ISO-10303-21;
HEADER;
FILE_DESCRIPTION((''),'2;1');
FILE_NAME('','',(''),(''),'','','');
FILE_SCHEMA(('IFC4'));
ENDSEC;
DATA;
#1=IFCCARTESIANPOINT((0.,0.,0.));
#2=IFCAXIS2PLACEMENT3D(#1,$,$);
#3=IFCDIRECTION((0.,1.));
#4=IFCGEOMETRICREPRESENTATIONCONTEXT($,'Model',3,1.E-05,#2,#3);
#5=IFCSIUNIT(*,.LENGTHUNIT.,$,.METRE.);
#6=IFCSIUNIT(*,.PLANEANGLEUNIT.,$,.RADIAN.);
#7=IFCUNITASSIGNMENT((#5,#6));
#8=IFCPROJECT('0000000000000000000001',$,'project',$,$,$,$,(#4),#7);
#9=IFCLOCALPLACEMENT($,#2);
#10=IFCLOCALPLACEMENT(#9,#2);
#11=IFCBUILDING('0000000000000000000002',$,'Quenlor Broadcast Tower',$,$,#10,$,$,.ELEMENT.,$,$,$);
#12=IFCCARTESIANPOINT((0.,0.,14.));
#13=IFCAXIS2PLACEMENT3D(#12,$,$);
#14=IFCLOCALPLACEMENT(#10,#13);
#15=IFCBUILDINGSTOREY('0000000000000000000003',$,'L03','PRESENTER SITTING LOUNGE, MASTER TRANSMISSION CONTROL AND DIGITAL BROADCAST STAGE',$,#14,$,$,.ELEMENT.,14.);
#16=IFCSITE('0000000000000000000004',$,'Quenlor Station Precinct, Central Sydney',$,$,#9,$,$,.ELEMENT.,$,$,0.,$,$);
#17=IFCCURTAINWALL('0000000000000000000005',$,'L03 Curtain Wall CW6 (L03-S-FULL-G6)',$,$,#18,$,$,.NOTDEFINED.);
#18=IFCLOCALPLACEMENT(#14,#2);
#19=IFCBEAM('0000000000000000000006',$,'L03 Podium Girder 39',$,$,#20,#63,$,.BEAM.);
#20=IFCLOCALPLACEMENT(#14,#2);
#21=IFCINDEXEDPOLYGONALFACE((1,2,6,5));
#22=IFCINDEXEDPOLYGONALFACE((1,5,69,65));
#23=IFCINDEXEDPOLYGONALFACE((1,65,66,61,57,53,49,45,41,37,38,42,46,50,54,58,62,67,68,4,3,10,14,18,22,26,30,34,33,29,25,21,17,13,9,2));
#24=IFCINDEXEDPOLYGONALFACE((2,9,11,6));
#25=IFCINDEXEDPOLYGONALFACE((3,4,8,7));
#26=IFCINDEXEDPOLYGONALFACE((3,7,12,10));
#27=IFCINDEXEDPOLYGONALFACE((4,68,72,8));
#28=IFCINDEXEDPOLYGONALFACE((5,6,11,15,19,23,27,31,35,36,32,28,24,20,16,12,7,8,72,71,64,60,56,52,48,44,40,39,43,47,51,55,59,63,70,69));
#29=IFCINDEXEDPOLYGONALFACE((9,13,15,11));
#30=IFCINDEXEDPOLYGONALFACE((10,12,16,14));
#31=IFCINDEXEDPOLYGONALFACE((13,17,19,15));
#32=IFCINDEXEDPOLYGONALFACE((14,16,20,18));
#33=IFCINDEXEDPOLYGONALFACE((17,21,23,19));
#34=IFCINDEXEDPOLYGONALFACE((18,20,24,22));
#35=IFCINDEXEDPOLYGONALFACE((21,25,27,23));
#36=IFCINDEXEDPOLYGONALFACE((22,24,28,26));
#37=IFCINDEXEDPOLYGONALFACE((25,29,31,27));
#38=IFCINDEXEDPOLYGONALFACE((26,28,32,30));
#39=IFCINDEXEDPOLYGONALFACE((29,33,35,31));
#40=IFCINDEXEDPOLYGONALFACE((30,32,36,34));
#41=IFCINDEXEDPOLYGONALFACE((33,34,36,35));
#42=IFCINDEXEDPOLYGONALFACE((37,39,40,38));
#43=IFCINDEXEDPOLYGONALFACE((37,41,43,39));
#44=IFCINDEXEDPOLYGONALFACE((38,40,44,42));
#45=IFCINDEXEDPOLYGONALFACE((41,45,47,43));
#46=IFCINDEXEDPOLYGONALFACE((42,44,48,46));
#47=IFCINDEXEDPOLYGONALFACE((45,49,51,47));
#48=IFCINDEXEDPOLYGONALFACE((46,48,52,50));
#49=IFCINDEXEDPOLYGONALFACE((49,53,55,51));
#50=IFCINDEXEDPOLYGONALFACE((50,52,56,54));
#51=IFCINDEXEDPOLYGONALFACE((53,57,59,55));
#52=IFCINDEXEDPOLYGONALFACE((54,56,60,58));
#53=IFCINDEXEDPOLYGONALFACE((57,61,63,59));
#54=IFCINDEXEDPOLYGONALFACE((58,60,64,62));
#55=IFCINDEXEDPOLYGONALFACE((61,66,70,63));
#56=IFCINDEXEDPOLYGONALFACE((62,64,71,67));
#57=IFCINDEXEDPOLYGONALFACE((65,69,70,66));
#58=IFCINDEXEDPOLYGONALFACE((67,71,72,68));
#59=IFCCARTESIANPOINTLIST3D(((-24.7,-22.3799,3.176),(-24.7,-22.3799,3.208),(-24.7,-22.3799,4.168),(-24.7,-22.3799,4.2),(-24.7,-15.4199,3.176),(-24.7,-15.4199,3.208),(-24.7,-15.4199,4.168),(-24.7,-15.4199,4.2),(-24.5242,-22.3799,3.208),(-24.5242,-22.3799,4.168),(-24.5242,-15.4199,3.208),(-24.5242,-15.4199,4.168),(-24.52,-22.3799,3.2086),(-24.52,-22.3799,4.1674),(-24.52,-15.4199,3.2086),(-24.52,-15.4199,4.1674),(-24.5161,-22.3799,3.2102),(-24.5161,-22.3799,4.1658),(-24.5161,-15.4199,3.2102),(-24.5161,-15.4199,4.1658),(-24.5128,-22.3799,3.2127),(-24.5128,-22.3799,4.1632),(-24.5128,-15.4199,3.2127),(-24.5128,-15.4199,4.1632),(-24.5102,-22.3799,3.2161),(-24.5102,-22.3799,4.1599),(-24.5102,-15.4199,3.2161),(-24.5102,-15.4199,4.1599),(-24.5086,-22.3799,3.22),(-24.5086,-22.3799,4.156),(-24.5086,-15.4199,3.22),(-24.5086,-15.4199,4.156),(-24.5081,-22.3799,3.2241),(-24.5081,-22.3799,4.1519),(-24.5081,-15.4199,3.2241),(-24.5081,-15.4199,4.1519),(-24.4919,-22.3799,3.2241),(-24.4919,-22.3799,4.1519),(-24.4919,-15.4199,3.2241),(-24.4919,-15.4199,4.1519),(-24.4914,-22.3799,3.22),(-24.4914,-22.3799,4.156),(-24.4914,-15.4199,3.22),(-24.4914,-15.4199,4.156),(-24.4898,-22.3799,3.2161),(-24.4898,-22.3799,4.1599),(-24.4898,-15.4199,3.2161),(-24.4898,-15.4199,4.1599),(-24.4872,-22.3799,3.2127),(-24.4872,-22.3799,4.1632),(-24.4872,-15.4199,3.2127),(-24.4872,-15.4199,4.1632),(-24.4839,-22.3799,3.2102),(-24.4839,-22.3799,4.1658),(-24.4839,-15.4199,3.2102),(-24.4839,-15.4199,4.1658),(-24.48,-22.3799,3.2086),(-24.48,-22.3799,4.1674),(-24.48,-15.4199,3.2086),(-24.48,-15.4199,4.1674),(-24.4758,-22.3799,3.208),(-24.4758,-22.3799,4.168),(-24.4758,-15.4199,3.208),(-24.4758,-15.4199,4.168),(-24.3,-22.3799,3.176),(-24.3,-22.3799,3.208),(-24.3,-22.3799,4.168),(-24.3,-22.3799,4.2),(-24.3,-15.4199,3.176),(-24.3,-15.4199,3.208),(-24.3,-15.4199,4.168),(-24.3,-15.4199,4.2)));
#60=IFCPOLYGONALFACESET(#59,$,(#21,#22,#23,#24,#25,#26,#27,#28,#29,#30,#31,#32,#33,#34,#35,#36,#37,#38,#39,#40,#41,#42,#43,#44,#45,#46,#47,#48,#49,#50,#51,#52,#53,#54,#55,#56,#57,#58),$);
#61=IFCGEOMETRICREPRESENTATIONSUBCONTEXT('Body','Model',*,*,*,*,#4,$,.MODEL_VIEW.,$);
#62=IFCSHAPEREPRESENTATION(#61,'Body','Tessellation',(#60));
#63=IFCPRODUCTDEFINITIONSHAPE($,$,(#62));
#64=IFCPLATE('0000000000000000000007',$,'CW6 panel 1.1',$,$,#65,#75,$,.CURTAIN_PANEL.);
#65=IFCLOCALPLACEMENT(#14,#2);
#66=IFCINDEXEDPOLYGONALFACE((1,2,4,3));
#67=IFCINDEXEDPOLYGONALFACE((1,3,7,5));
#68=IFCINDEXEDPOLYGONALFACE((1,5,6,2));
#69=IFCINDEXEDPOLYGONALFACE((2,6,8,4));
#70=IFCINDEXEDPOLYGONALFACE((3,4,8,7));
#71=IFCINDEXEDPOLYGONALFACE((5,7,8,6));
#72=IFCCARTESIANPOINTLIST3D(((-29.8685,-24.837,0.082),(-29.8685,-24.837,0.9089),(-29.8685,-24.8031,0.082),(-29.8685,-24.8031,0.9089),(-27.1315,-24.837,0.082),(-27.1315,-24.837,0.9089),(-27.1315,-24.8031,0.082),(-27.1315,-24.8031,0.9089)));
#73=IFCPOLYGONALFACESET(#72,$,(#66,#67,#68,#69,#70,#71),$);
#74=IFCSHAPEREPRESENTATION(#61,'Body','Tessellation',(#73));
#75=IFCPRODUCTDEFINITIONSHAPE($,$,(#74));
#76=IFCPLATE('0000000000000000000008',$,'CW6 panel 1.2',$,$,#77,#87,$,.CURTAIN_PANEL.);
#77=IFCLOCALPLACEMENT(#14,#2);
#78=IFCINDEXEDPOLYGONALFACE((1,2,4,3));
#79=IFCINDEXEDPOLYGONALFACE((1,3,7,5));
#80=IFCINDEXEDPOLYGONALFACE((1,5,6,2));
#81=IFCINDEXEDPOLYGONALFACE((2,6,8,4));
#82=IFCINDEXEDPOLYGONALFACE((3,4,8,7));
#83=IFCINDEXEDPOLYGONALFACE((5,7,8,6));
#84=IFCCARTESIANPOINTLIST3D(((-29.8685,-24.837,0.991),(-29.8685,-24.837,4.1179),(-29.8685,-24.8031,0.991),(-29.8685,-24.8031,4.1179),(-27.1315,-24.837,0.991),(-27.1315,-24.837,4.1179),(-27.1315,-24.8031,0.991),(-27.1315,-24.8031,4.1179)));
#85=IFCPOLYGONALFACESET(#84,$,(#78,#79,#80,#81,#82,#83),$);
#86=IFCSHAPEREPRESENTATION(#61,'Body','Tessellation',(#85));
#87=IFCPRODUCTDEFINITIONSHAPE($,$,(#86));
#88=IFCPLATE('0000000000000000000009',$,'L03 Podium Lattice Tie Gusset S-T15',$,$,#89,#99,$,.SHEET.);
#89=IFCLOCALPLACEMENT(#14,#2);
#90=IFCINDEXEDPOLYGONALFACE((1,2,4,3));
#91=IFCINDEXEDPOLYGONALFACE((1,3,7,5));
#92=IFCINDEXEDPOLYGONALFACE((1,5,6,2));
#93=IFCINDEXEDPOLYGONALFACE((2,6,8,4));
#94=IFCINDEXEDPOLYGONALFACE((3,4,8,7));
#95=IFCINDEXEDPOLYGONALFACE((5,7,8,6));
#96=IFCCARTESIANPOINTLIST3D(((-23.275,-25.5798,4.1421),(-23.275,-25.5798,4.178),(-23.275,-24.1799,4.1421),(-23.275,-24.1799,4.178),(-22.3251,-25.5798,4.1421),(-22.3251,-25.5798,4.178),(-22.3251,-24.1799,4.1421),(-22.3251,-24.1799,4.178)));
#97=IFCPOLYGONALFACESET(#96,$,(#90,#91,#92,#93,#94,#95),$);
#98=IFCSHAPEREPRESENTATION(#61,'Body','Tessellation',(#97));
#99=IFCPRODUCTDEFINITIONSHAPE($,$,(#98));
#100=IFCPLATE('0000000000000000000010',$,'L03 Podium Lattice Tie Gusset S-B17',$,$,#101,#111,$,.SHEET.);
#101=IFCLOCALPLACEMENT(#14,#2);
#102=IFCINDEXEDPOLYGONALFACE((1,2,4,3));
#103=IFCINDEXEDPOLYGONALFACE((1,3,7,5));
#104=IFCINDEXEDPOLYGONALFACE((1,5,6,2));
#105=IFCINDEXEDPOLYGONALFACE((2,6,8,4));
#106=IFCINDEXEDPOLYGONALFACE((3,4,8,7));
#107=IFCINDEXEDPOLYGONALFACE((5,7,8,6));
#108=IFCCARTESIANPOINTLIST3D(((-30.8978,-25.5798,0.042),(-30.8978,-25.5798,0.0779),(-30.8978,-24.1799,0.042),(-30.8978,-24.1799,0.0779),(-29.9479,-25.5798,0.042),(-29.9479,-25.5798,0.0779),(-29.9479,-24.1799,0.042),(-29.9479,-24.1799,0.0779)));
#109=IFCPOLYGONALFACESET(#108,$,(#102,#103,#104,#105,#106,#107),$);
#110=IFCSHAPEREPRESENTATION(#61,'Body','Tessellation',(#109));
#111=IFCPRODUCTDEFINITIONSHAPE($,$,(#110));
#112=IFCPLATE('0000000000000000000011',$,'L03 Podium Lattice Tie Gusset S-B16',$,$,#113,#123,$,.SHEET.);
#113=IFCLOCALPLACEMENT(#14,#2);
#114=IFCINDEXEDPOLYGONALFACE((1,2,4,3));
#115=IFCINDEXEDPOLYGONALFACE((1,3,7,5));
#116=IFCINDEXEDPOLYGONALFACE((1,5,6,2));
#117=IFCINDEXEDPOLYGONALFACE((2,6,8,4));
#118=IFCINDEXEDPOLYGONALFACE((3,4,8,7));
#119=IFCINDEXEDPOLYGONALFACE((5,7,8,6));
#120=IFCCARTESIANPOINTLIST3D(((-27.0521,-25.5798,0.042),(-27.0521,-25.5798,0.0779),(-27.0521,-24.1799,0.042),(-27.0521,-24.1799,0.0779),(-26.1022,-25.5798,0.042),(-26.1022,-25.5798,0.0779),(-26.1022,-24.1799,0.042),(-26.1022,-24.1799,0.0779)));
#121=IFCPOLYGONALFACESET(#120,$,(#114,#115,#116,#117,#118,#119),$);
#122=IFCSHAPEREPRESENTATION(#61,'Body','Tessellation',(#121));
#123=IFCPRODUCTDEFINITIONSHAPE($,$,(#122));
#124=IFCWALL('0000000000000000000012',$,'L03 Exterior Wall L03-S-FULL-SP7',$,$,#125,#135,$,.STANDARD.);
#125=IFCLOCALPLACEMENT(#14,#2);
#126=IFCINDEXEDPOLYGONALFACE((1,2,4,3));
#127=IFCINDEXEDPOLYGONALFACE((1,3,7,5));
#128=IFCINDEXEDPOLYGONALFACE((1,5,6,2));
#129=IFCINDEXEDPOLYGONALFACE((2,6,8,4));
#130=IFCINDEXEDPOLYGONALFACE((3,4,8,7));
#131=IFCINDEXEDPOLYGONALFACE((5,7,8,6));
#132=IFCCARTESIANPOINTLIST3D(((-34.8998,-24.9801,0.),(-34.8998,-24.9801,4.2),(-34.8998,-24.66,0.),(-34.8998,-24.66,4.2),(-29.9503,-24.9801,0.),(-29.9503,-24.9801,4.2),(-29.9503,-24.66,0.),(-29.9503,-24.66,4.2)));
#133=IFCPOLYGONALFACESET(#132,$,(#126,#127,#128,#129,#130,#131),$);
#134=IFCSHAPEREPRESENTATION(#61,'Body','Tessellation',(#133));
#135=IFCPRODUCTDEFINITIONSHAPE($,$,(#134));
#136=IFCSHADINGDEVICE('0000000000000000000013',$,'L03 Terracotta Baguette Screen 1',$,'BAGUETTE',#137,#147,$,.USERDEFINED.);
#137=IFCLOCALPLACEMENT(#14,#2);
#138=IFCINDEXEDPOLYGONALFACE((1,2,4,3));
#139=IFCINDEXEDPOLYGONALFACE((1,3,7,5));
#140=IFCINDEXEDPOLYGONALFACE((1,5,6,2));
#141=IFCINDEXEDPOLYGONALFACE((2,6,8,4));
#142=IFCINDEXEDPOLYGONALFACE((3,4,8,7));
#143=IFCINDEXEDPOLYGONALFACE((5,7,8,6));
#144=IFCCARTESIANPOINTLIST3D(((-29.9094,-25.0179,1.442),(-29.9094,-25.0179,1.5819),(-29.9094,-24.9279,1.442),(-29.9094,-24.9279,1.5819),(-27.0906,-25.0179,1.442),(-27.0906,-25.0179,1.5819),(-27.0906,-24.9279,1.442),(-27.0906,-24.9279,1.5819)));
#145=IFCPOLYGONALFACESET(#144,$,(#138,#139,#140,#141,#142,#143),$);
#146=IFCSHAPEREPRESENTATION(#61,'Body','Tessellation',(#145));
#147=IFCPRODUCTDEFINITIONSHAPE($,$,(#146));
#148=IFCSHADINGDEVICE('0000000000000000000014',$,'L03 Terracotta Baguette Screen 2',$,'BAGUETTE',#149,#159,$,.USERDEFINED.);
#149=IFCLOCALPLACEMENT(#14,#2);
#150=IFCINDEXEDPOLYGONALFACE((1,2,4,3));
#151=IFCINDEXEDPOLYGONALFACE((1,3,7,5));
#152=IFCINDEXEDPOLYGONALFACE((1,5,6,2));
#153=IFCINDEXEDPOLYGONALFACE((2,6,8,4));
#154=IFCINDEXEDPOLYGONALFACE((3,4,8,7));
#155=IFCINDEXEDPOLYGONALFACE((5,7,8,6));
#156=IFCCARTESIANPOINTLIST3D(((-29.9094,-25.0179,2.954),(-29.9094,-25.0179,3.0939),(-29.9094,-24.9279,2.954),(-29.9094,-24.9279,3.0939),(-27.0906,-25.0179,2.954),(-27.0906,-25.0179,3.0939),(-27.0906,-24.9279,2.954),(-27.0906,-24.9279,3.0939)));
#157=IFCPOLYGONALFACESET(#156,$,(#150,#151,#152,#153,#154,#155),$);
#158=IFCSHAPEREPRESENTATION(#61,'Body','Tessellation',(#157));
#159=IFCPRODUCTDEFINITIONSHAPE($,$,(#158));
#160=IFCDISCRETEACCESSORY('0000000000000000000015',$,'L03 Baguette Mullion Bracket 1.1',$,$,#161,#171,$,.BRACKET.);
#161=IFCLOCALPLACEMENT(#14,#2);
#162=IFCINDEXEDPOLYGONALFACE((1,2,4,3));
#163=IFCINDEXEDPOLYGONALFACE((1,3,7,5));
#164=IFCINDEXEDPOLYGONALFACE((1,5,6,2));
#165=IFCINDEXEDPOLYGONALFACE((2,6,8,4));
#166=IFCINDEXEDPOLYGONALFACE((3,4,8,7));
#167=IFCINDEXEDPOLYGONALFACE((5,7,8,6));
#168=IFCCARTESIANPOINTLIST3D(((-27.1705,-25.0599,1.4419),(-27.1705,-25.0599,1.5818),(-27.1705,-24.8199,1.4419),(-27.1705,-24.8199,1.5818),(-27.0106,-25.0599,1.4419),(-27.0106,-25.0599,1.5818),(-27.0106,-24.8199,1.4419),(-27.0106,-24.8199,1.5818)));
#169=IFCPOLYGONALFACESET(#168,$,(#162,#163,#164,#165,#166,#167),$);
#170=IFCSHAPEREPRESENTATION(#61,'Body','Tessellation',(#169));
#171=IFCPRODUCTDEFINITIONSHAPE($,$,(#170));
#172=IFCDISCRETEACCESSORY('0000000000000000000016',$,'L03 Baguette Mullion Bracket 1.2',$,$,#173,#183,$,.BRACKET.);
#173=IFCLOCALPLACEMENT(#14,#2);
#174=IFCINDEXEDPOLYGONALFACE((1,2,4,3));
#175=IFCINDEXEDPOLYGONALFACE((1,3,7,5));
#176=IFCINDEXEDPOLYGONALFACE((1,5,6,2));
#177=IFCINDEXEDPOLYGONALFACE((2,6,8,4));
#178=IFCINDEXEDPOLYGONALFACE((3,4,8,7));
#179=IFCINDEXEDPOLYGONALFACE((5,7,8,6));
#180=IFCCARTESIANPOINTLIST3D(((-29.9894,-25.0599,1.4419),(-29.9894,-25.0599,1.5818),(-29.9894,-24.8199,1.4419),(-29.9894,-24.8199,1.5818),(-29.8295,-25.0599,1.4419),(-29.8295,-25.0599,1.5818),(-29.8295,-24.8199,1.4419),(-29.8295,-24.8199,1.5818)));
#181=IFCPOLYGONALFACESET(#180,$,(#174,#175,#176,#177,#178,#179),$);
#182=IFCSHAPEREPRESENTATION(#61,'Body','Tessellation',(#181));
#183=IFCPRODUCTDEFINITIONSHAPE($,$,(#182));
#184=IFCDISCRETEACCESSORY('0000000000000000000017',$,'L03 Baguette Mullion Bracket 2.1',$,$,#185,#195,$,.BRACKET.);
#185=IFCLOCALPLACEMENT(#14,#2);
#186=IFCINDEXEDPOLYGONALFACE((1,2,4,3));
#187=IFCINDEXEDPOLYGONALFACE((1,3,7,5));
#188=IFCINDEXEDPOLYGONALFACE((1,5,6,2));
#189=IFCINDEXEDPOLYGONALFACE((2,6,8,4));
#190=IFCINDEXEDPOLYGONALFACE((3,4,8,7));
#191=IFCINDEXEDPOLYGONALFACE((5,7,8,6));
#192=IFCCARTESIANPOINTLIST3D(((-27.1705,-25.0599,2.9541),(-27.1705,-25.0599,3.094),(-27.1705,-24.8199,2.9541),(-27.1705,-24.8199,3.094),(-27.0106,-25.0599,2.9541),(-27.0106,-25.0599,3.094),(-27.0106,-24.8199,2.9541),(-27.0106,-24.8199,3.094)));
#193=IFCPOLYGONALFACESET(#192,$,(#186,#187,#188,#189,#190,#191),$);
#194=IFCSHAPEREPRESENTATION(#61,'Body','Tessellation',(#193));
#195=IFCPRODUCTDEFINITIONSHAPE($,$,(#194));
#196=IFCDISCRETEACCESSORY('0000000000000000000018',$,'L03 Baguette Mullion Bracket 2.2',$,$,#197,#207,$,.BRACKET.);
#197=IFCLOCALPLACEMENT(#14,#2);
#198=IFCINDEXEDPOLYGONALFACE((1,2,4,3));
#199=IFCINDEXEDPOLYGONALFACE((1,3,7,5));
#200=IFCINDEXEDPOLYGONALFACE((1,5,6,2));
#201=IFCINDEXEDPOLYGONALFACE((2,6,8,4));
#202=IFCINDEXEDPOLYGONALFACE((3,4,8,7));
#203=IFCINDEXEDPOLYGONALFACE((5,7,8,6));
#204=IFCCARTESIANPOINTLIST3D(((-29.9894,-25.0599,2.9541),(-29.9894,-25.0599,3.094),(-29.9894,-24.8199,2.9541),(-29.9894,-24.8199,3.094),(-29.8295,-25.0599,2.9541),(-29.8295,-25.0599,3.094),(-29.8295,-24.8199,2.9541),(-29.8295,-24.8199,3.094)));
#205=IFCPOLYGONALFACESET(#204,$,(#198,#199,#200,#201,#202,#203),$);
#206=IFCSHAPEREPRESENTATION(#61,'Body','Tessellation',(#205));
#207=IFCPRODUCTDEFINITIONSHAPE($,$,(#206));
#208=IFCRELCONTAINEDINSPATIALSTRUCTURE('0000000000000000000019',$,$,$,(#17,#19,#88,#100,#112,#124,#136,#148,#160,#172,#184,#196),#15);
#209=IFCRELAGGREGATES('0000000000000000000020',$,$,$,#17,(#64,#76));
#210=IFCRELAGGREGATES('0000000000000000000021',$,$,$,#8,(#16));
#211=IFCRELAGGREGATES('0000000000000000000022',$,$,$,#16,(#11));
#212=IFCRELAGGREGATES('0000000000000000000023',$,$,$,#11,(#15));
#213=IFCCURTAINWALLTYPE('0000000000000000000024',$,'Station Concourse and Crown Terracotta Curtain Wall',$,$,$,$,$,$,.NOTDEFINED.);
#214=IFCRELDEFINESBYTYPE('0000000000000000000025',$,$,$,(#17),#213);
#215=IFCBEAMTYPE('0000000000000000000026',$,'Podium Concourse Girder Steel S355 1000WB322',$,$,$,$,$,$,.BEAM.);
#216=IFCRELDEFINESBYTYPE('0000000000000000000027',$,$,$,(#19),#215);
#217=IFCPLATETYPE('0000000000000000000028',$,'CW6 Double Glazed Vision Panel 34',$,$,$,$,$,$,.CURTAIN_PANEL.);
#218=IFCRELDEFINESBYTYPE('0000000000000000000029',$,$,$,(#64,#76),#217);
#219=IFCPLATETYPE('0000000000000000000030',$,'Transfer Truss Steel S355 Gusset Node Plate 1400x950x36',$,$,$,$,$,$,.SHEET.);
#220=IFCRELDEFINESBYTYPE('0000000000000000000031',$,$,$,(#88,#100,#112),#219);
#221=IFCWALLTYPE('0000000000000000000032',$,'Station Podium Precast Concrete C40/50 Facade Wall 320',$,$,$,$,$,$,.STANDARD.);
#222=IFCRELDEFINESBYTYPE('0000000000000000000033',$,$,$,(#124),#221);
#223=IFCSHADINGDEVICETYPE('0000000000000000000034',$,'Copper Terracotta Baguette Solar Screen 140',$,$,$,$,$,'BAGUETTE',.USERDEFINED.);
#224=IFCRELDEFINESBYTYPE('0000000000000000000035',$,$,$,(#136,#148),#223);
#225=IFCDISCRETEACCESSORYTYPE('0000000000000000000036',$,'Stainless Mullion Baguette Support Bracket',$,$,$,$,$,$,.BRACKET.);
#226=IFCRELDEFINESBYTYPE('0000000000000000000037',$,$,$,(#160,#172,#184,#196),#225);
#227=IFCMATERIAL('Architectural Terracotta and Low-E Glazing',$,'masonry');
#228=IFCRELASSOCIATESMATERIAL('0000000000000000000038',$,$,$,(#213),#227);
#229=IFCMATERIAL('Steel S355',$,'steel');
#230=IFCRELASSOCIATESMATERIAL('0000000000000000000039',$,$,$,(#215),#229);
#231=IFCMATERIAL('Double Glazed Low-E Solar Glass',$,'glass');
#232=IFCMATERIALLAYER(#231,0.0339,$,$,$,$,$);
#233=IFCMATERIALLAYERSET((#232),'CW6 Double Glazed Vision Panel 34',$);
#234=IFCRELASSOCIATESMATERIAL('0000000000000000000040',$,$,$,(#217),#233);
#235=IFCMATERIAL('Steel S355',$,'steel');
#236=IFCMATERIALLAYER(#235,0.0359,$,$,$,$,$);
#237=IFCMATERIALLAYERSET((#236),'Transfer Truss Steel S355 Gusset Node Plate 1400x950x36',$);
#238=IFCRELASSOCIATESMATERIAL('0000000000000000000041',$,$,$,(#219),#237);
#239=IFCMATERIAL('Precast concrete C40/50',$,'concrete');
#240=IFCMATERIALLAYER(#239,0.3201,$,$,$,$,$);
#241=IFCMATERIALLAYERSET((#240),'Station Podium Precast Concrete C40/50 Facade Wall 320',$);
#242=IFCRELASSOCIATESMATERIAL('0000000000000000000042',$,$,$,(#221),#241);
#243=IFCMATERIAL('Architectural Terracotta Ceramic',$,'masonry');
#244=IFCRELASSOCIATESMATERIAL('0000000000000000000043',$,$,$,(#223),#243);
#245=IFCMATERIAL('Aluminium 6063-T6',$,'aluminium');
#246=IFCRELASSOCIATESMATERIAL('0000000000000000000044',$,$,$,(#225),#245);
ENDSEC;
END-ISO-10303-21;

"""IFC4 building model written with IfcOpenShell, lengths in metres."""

from ifc_helpers import new_model, si_unit, direction, frame, frame_2d, origin, origin_2d, place, context, subcontext, project, spatial, rectangle, i_section, extrude, material, layer, layer_set, material_profile, profile_set, type_object, element, aggregate, save


model = new_model("IFC4")

# Units and contexts
model_context = context("Model", 3, precision=1e-05, world=origin(), true_north=direction((0.0, 1.0)))
body_context = subcontext(model_context, "Body", "Model", "MODEL_VIEW")
ifc_project = project(units=[si_unit("LENGTHUNIT", "METRE"), si_unit("PLANEANGLEUNIT", "RADIAN")], contexts=[model_context])

# Site, building, storey
site_placement = place(None, origin())
site = spatial("IfcSite", under=ifc_project, at=site_placement, Name="Quenlor Station Precinct, Central Sydney", CompositionType="ELEMENT", RefElevation=0.0)
building_placement = place(site_placement, origin())
building = spatial("IfcBuilding", under=site, at=building_placement, Name="Quenlor Broadcast Tower", CompositionType="ELEMENT")
storey_placement = place(building_placement, frame((0.0, 0.0, 14.0)))
storey = spatial("IfcBuildingStorey", under=building, at=storey_placement, Name="L03", Description="PRESENTER SITTING LOUNGE, MASTER TRANSMISSION CONTROL AND DIGITAL BROADCAST STAGE", CompositionType="ELEMENT", Elevation=14.0)

# Curtain wall
ifc_material_1 = material(Name="Architectural Terracotta and Low-E Glazing", Category="masonry")
curtain_wall_type = type_object("IfcCurtainWallType", Name="Station Concourse and Crown Terracotta Curtain Wall", PredefinedType="NOTDEFINED", material=ifc_material_1)
curtain_wall_placement = place(storey_placement, origin())
curtain_wall = element("IfcCurtainWall", 1, at=curtain_wall_placement, inside=storey, type_object=curtain_wall_type, Name="L03 Curtain Wall CW6 (L03-S-FULL-G6)", PredefinedType="NOTDEFINED")

# Beam
ifc_material_2 = material(Name="Steel S355", Category="steel")
ifc_material_profile_1 = material_profile(ifc_material_2, i_section(OverallWidth=0.3999, OverallDepth=1.0239, WebThickness=0.0161, FlangeThickness=0.032, FilletRadius=0.0161, at=origin_2d()))
ifc_profile_set_1 = profile_set([ifc_material_profile_1], Name="Steel S355 1000WB322")
beam_type = type_object("IfcBeamType", Name="Podium Concourse Girder Steel S355 1000WB322", PredefinedType="BEAM", material=ifc_profile_set_1)
beam_1_placement = place(storey_placement, frame((-24.5, -22.3799, 3.688), z_axis=(0.0, 1.0, 0.0), x_axis=(-1.0, 0.0, 0.0)))
element("IfcBeam", 2, at=beam_1_placement, inside=storey, type_object=beam_type, Name="L03 Podium Girder 39", PredefinedType="BEAM", context=body_context, shape_type="SweptSolid", body=[
    extrude(i_section(OverallWidth=0.3999, OverallDepth=1.0239, WebThickness=0.0161, FlangeThickness=0.032, FilletRadius=0.0161, at=origin_2d()), origin(), (0.0, 0.0, 1.0), 6.96),
])

# Plates
ifc_material_3 = material(Name="Double Glazed Low-E Solar Glass", Category="glass")
ifc_layer_1 = layer(ifc_material_3, 0.0339)
ifc_layer_set_1 = layer_set([ifc_layer_1], Name="CW6 Double Glazed Vision Panel 34")
plate_type_1 = type_object("IfcPlateType", Name="CW6 Double Glazed Vision Panel 34", PredefinedType="CURTAIN_PANEL", material=ifc_layer_set_1)
plate_1_placement = place(storey_placement, frame((-28.5, -24.8201, 0.082), z_axis=(0.0, 0.0, 1.0), x_axis=(-1.0, 0.0, 0.0)))
plate_1 = element("IfcPlate", 3, at=plate_1_placement, type_object=plate_type_1, Name="CW6 panel 1.1", PredefinedType="CURTAIN_PANEL", context=body_context, shape_type="SweptSolid", body=[
    extrude(rectangle(XDim=2.7371, YDim=0.0339, at=origin_2d()), origin(), (0.0, 0.0, 1.0), 0.8269),
])
plate_2_placement = place(storey_placement, frame((-28.5, -24.8201, 0.991), z_axis=(0.0, 0.0, 1.0), x_axis=(-1.0, 0.0, 0.0)))
plate_2 = element("IfcPlate", 4, at=plate_2_placement, type_object=plate_type_1, Name="CW6 panel 1.2", PredefinedType="CURTAIN_PANEL", context=body_context, shape_type="SweptSolid", body=[
    extrude(rectangle(XDim=2.7371, YDim=0.0339, at=origin_2d()), origin(), (0.0, 0.0, 1.0), 3.127),
])
aggregate(curtain_wall, [plate_1, plate_2])

# Plates
ifc_material_4 = material(Name="Steel S355", Category="steel")
ifc_layer_2 = layer(ifc_material_4, 0.0359)
ifc_layer_set_2 = layer_set([ifc_layer_2], Name="Transfer Truss Steel S355 Gusset Node Plate 1400x950x36")
plate_type_2 = type_object("IfcPlateType", Name="Transfer Truss Steel S355 Gusset Node Plate 1400x950x36", PredefinedType="SHEET", material=ifc_layer_set_2)
for number, where, z_axis, x_axis, name in (
    (5, (-22.8, -24.8799, 4.1421), (0.0, 0.0, 1.0), (0.0, -1.0, 0.0), "L03 Podium Lattice Tie Gusset S-T15"),
    (6, (-30.4229, -24.8799, 0.042), (0.0, 0.0, 1.0), (0.0, -1.0, 0.0), "L03 Podium Lattice Tie Gusset S-B17"),
    (7, (-26.5771, -24.8799, 0.042), (0.0, 0.0, 1.0), (0.0, -1.0, 0.0), "L03 Podium Lattice Tie Gusset S-B16"),
):
    element("IfcPlate", number, at=place(storey_placement, frame(where, z_axis=z_axis, x_axis=x_axis)), inside=storey, type_object=plate_type_2, Name=name, PredefinedType="SHEET", context=body_context, shape_type="SweptSolid", body=[
        extrude(rectangle(XDim=1.3999, YDim=0.95, at=origin_2d()), origin(), (0.0, 0.0, 1.0), 0.0359),
    ])

# Wall
ifc_material_5 = material(Name="Precast concrete C40/50", Category="concrete")
ifc_layer_3 = layer(ifc_material_5, 0.3201)
ifc_layer_set_3 = layer_set([ifc_layer_3], Name="Station Podium Precast Concrete C40/50 Facade Wall 320")
wall_type = type_object("IfcWallType", Name="Station Podium Precast Concrete C40/50 Facade Wall 320", PredefinedType="STANDARD", material=ifc_layer_set_3)
wall_placement = place(storey_placement, frame((-29.9504, -24.8201, 0.0), z_axis=(0.0, 0.0, 1.0), x_axis=(-1.0, 0.0, 0.0)))
element("IfcWall", 8, at=wall_placement, inside=storey, type_object=wall_type, Name="L03 Exterior Wall L03-S-FULL-SP7", PredefinedType="STANDARD", context=body_context, shape_type="SweptSolid", body=[
    extrude(rectangle(XDim=4.9495, YDim=0.3201, at=frame_2d((2.4746, 0.0))), origin(), (0.0, 0.0, 1.0), 4.2),
])

# Shading devices
ifc_material_6 = material(Name="Architectural Terracotta Ceramic", Category="masonry")
ifc_material_profile_2 = material_profile(ifc_material_6, rectangle(XDim=0.0901, YDim=0.1399, at=origin_2d()))
ifc_profile_set_2 = profile_set([ifc_material_profile_2], Name="Architectural Terracotta Ceramic BAG90x140")
shading_device_type = type_object("IfcShadingDeviceType", Name="Copper Terracotta Baguette Solar Screen 140", ElementType="BAGUETTE", PredefinedType="USERDEFINED", material=ifc_profile_set_2)
for number, where, z_axis, x_axis, name in (
    (9, (-27.0906, -24.9729, 1.512), (-1.0, 0.0, 0.0), (0.0, -1.0, 0.0), "L03 Terracotta Baguette Screen 1"),
    (10, (-27.0906, -24.9729, 3.0239), (-1.0, 0.0, 0.0), (0.0, -1.0, 0.0), "L03 Terracotta Baguette Screen 2"),
):
    element("IfcShadingDevice", number, at=place(storey_placement, frame(where, z_axis=z_axis, x_axis=x_axis)), inside=storey, type_object=shading_device_type, Name=name, ObjectType="BAGUETTE", PredefinedType="USERDEFINED", context=body_context, shape_type="SweptSolid", body=[
        extrude(rectangle(XDim=0.0901, YDim=0.1399, at=origin_2d()), origin(), (0.0, 0.0, 1.0), 2.8188),
    ])

# Discrete accessories
ifc_material_7 = material(Name="Aluminium 6063-T6", Category="aluminium")
discrete_accessory_type = type_object("IfcDiscreteAccessoryType", Name="Stainless Mullion Baguette Support Bracket", PredefinedType="BRACKET", material=ifc_material_7)
for number, where, z_axis, x_axis, name in (
    (11, (-27.0906, -24.9399, 1.4419), (0.0, 0.0, 1.0), (-1.0, 0.0, 0.0), "L03 Baguette Mullion Bracket 1.1"),
    (12, (-29.9094, -24.9399, 1.4419), (0.0, 0.0, 1.0), (-1.0, 0.0, 0.0), "L03 Baguette Mullion Bracket 1.2"),
    (13, (-27.0906, -24.9399, 2.9541), (0.0, 0.0, 1.0), (-1.0, 0.0, 0.0), "L03 Baguette Mullion Bracket 2.1"),
    (14, (-29.9094, -24.9399, 2.9541), (0.0, 0.0, 1.0), (-1.0, 0.0, 0.0), "L03 Baguette Mullion Bracket 2.2"),
):
    element("IfcDiscreteAccessory", number, at=place(storey_placement, frame(where, z_axis=z_axis, x_axis=x_axis)), inside=storey, type_object=discrete_accessory_type, Name=name, PredefinedType="BRACKET", context=body_context, shape_type="SweptSolid", body=[
        extrude(rectangle(XDim=0.1599, YDim=0.24, at=origin_2d()), origin(), (0.0, 0.0, 1.0), 0.1399),
    ])

save(model, "model.ifc")
